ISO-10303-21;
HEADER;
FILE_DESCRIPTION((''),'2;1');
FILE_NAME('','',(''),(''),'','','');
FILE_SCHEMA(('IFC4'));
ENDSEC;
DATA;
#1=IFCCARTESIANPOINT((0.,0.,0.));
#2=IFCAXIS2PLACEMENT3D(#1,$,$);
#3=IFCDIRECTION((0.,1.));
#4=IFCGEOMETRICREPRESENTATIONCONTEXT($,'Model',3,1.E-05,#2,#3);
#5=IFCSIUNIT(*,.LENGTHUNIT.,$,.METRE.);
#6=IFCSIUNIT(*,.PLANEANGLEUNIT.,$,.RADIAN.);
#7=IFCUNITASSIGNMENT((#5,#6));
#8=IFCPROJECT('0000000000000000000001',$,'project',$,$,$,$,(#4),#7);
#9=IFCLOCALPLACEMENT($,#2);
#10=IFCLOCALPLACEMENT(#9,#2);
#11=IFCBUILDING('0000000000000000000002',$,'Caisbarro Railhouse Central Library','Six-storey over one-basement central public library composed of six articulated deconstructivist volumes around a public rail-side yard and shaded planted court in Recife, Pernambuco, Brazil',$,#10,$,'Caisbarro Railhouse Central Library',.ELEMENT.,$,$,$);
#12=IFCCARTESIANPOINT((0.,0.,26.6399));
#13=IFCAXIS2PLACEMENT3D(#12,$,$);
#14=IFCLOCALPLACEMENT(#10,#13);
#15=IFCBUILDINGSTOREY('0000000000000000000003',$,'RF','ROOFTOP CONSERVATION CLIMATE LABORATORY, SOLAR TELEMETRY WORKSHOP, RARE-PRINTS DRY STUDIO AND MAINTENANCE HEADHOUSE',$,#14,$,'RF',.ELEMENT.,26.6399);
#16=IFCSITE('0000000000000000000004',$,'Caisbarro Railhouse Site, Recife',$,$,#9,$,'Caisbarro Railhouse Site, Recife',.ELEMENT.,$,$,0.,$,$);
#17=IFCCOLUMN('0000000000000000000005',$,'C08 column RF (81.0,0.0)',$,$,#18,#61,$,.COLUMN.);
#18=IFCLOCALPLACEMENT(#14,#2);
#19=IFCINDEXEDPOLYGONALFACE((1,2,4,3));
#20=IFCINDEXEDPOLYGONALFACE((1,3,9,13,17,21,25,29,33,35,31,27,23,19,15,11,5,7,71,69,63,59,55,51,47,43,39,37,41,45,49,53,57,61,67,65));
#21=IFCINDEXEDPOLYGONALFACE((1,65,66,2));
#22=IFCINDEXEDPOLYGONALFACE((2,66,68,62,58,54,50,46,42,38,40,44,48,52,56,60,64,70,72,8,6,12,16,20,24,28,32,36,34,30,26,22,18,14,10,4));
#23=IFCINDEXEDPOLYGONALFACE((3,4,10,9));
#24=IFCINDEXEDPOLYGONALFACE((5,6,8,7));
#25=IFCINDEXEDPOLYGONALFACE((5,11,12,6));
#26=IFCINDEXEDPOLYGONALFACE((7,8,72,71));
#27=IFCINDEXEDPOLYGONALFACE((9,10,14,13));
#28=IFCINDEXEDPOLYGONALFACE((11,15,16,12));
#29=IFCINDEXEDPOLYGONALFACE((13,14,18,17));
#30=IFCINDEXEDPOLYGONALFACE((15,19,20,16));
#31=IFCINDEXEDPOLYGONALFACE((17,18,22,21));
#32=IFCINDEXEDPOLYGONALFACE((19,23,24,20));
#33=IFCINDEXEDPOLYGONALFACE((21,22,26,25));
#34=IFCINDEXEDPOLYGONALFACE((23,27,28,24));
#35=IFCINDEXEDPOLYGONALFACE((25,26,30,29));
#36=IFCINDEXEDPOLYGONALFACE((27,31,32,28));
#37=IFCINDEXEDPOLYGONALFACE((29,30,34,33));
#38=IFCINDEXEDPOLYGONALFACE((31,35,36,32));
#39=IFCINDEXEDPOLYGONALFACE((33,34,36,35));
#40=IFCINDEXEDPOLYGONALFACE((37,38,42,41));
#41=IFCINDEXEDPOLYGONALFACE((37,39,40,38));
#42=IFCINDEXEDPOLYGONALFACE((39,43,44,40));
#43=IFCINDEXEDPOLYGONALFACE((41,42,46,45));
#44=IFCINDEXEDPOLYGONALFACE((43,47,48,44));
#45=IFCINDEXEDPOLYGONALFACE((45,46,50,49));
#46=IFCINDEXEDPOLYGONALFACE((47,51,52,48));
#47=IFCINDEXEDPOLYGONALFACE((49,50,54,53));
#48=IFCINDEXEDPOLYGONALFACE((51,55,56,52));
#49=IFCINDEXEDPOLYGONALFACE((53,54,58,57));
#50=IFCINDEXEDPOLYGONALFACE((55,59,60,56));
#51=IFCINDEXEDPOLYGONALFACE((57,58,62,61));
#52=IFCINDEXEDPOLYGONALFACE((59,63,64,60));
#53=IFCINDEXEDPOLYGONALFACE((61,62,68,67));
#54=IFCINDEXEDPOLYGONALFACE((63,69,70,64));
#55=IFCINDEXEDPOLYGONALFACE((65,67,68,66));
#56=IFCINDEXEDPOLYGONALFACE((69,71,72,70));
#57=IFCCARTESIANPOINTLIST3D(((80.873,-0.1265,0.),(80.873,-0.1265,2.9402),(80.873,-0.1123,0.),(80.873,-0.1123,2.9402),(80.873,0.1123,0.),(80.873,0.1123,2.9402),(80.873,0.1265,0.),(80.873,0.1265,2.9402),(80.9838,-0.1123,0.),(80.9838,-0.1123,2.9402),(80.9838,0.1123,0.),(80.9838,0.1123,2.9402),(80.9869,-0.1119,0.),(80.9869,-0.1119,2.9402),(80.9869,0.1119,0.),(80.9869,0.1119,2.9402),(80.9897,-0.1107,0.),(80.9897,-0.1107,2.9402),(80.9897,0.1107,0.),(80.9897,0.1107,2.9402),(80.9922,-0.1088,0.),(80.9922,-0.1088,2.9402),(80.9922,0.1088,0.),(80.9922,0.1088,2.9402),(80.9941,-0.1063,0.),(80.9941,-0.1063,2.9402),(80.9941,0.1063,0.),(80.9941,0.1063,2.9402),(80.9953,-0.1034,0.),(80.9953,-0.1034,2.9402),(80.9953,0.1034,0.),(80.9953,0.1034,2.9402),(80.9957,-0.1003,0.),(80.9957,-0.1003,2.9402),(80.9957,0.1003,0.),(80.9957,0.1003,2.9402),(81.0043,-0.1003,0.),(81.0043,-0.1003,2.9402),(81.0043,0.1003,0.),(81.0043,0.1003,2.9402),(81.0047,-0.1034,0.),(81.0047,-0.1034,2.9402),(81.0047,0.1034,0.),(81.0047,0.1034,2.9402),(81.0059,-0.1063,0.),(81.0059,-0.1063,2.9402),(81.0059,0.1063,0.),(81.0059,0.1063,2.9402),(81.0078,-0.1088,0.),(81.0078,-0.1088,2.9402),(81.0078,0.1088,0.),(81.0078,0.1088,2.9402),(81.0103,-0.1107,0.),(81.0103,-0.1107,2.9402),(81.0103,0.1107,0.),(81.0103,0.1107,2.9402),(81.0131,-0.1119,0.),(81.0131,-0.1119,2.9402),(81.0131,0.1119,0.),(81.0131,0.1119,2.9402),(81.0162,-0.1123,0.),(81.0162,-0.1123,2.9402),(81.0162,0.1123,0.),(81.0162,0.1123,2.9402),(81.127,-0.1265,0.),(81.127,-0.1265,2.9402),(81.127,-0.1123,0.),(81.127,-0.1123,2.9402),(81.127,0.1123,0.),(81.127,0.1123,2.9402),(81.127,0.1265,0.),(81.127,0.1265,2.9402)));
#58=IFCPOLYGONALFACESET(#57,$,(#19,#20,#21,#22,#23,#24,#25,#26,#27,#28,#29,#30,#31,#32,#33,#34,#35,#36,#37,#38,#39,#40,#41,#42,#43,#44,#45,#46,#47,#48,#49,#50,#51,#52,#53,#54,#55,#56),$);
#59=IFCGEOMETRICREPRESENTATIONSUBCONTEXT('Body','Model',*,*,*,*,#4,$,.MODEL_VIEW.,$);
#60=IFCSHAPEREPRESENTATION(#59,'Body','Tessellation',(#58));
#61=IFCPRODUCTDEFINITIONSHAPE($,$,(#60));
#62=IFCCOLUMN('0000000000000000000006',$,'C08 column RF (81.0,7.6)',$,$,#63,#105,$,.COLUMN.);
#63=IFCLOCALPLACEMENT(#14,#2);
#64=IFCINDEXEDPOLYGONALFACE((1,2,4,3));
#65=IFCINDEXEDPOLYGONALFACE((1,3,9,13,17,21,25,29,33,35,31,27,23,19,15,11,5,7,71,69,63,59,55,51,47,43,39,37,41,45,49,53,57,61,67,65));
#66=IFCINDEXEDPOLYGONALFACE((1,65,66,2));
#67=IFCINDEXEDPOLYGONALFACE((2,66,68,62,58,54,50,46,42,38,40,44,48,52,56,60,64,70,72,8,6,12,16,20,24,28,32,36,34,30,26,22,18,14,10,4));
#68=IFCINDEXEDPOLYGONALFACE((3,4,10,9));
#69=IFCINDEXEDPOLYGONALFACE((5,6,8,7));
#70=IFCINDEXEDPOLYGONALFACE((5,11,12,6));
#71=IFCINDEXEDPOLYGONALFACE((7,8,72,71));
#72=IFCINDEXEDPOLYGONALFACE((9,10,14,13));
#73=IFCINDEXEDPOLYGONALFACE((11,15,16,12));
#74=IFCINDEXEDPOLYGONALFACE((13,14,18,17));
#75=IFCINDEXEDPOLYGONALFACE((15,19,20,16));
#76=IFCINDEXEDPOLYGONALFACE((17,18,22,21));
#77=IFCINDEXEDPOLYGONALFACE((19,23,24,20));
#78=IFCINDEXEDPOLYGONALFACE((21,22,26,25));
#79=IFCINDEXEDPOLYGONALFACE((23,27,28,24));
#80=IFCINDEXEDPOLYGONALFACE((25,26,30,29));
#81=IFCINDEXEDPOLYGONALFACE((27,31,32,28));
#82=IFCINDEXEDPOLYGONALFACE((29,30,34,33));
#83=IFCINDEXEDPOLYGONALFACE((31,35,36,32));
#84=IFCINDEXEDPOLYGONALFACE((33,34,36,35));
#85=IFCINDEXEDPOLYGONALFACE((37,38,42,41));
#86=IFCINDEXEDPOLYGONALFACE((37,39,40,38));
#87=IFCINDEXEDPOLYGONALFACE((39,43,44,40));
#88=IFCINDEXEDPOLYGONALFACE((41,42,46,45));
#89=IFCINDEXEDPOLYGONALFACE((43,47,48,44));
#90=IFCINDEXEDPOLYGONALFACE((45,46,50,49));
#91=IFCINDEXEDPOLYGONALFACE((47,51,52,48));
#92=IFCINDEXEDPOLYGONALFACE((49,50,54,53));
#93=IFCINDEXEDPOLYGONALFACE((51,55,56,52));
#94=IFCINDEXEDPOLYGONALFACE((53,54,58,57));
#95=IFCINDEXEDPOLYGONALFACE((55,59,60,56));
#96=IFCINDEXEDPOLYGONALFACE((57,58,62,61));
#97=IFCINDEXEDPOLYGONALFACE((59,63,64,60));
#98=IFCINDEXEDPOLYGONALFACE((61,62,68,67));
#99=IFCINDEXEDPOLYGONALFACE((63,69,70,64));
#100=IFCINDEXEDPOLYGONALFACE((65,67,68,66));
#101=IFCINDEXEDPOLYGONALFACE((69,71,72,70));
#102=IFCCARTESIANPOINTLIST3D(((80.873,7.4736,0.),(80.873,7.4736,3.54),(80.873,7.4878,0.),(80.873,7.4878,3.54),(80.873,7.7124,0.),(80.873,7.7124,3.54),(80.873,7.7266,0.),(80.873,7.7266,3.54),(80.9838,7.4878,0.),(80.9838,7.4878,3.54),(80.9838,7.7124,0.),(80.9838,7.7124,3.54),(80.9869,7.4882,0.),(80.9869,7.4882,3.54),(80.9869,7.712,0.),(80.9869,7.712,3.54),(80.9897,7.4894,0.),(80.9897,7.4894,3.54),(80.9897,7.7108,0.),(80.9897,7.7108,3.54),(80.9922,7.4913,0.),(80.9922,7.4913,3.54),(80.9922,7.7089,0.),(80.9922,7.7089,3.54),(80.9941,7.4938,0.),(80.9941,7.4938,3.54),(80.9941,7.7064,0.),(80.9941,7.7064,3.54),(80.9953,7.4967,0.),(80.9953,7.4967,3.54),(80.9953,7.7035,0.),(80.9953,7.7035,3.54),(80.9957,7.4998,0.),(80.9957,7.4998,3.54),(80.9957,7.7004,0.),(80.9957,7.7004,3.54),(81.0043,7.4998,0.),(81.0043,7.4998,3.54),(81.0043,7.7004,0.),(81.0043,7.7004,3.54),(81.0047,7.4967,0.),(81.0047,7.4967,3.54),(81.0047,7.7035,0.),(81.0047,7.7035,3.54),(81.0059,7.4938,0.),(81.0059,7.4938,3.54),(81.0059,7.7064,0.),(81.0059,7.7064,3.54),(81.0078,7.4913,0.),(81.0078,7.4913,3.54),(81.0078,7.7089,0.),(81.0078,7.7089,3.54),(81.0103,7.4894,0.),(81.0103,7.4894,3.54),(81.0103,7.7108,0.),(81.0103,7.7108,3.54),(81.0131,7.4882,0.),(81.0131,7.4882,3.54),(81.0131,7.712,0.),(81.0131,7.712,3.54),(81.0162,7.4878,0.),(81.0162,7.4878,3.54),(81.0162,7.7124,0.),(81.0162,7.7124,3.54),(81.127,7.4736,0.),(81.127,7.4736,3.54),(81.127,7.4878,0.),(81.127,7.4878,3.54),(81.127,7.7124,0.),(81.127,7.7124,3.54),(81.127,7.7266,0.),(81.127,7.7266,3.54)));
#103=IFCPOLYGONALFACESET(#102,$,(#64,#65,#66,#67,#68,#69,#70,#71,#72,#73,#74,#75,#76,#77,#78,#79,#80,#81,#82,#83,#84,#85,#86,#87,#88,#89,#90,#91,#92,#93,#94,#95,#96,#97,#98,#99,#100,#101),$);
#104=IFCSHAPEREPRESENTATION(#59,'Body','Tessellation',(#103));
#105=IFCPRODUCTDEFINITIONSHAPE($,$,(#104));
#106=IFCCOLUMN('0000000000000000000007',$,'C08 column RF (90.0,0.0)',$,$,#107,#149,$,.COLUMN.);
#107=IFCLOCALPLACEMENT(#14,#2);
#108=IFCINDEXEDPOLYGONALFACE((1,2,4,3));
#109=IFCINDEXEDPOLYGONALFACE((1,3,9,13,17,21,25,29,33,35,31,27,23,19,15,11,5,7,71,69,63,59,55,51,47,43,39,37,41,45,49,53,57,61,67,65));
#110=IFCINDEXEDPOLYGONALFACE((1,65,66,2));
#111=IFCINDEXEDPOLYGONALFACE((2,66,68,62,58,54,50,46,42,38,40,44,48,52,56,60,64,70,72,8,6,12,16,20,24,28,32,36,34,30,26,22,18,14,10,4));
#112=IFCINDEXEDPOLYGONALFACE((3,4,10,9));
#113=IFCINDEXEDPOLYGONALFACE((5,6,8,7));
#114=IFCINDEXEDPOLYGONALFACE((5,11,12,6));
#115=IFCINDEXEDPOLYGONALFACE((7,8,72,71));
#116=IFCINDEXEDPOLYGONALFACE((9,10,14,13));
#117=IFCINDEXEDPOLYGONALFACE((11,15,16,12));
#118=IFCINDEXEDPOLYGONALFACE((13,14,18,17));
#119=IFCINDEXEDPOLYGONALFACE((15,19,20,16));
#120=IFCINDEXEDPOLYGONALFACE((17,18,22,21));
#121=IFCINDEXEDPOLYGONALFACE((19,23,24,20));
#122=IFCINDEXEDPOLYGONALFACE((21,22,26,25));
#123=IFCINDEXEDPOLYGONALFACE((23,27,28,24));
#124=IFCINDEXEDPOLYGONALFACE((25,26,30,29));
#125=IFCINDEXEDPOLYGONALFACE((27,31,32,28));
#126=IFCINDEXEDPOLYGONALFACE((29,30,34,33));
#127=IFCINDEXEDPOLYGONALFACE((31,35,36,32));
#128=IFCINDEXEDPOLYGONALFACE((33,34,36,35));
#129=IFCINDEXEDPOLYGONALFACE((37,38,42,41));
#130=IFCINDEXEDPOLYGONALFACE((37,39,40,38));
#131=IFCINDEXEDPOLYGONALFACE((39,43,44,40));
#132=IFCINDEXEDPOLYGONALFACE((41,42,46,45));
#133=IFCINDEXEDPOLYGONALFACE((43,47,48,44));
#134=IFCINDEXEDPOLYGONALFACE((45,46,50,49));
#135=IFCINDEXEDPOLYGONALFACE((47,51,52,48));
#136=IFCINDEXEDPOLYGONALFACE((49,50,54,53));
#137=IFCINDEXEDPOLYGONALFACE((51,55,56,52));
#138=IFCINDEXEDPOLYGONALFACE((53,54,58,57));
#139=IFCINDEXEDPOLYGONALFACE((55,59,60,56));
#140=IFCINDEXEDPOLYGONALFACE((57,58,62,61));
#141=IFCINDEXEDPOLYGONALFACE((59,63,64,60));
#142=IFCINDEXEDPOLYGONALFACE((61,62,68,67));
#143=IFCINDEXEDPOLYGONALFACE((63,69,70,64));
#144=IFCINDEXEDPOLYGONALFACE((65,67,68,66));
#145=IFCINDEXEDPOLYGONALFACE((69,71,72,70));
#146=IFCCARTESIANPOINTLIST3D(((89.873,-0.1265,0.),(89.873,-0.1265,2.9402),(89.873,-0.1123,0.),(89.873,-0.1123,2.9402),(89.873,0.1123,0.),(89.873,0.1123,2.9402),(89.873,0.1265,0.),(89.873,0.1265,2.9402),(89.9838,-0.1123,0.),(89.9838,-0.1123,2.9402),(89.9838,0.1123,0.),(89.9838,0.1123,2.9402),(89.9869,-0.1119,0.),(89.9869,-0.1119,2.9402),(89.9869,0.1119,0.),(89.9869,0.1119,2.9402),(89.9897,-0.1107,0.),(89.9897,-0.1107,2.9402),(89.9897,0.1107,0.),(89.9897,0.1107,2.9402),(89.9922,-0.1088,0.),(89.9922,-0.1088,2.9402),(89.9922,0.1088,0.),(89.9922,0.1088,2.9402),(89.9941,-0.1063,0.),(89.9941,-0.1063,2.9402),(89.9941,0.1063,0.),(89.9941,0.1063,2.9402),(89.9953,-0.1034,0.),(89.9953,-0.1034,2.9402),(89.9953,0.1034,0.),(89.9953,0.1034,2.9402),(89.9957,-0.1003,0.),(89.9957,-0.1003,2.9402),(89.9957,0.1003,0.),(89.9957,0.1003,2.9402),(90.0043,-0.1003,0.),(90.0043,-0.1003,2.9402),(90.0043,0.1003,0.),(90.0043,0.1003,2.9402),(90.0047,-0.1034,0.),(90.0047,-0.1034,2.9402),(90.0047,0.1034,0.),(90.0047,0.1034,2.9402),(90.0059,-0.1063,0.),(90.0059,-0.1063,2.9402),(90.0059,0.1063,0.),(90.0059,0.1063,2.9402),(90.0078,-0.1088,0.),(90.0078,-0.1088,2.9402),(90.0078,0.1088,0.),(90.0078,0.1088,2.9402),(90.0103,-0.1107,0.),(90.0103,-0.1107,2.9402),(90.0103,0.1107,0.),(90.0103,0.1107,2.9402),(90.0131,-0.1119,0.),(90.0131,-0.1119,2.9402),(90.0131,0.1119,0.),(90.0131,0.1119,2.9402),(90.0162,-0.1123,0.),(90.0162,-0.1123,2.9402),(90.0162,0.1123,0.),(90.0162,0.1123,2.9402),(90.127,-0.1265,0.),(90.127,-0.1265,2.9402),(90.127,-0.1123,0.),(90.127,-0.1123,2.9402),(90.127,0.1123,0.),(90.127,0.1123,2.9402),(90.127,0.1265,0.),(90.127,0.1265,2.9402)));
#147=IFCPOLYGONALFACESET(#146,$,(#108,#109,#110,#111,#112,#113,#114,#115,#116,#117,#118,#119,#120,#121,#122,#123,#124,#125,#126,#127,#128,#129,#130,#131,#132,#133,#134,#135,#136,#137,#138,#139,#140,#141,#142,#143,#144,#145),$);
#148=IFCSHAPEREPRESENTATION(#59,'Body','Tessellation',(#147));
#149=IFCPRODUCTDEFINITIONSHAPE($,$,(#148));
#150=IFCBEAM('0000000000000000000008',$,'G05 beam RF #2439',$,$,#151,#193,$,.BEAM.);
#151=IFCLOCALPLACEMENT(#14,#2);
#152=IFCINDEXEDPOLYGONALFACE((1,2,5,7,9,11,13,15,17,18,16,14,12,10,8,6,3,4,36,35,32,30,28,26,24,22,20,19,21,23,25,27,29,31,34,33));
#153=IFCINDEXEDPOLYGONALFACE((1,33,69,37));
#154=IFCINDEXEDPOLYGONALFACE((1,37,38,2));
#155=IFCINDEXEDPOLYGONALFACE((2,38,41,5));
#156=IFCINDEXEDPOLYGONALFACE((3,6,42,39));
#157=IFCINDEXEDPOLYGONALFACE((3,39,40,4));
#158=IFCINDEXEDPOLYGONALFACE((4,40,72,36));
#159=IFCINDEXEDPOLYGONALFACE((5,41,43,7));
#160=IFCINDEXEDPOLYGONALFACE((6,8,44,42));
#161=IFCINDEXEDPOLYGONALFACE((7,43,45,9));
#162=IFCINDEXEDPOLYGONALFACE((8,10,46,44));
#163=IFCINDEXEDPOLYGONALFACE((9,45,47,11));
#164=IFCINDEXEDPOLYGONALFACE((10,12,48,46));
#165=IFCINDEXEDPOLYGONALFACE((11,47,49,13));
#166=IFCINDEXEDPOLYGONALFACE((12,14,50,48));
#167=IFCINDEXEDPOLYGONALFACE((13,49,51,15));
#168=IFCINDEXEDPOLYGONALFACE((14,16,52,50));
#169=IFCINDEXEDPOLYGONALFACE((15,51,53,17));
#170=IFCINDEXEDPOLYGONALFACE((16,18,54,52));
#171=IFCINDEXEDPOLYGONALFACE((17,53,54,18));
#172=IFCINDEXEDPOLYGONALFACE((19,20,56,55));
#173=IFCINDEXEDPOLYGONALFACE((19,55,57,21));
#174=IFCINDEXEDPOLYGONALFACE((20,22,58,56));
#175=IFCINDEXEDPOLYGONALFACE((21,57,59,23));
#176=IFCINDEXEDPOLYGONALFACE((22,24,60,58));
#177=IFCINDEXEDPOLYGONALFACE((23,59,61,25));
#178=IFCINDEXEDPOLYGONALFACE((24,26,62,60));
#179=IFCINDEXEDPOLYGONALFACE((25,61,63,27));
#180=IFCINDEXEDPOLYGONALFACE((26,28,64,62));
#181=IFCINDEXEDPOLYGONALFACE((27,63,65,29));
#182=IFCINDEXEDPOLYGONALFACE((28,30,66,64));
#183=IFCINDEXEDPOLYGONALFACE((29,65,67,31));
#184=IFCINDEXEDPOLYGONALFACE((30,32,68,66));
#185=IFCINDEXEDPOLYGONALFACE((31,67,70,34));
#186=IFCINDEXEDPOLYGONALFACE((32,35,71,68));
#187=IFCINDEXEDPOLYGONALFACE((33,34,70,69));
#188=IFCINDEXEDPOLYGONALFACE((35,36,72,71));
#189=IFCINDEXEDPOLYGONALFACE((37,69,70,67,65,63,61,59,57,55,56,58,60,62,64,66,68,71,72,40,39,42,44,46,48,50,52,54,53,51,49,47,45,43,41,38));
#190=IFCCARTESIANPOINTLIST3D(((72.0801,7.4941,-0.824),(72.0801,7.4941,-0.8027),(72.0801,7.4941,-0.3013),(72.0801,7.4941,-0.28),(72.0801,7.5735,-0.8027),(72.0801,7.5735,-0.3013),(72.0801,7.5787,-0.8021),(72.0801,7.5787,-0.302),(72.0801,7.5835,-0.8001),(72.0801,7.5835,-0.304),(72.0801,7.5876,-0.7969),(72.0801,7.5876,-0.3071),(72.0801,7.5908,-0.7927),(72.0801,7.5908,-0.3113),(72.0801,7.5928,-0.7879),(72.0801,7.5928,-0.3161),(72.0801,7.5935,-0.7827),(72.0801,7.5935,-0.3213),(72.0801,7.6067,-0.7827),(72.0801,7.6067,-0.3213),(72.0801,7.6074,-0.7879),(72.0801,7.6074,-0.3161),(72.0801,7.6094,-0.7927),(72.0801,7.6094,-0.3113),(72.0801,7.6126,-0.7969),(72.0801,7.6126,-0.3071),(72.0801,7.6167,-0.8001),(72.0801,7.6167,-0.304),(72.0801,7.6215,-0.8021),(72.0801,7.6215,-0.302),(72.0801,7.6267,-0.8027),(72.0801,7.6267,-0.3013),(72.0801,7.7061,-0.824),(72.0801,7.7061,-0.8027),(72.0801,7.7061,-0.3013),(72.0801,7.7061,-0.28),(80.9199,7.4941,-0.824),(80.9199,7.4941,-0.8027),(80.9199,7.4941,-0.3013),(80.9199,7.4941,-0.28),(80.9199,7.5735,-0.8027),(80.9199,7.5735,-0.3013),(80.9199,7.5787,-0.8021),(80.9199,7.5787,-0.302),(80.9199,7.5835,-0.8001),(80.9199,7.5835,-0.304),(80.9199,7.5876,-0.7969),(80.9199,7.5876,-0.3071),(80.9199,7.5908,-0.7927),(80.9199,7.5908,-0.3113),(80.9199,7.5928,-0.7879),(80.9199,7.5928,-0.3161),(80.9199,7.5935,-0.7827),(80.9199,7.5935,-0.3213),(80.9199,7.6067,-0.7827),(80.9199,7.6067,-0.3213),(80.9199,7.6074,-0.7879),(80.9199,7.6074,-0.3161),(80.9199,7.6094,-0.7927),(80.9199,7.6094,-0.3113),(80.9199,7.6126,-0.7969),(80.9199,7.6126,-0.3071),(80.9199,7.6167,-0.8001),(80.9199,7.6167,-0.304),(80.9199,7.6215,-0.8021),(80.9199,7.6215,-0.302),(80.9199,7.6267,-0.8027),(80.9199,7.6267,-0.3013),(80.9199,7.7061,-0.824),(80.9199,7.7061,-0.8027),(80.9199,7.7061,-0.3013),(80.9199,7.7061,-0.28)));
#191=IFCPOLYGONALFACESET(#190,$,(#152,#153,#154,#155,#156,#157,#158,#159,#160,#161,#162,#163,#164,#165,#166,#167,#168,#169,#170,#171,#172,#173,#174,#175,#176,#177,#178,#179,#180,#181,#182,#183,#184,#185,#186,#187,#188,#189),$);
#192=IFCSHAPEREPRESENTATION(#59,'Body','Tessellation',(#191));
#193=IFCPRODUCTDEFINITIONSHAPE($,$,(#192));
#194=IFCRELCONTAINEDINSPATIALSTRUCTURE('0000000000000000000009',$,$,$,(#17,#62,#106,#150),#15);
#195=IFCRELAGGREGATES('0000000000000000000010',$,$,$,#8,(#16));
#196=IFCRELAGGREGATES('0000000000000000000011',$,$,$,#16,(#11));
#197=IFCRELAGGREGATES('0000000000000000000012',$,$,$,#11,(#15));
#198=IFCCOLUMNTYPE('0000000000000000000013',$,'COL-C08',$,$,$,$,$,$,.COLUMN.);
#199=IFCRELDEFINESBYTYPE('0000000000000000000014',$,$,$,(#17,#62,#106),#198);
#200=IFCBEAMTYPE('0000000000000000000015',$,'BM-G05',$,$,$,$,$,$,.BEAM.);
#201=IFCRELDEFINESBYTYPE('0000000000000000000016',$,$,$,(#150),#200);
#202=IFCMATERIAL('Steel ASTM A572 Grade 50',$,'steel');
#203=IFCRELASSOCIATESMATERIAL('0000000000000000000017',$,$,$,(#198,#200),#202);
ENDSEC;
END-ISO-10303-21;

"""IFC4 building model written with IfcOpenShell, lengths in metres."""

from ifc_helpers import new_model, si_unit, direction, frame, origin, origin_2d, place, context, subcontext, project, spatial, i_section, extrude, material, material_profile, profile_set, type_object, element, save


model = new_model("IFC4")

# Units and contexts
model_context = context("Model", 3, precision=1e-05, world=origin(), true_north=direction((0.0, 1.0)))
body_context = subcontext(model_context, "Body", "Model", "MODEL_VIEW")
ifc_project = project(units=[si_unit("LENGTHUNIT", "METRE"), si_unit("PLANEANGLEUNIT", "RADIAN")], contexts=[model_context])

# Site, building, storey
site_placement = place(None, origin())
site = spatial("IfcSite", under=ifc_project, at=site_placement, Name="Caisbarro Railhouse Site, Recife", LongName="Caisbarro Railhouse Site, Recife", CompositionType="ELEMENT", RefElevation=0.0)
building_placement = place(site_placement, origin())
building = spatial("IfcBuilding", under=site, at=building_placement, Name="Caisbarro Railhouse Central Library", Description="Six-storey over one-basement central public library composed of six articulated deconstructivist volumes around a public rail-side yard and shaded planted court in Recife, Pernambuco, Brazil", LongName="Caisbarro Railhouse Central Library", CompositionType="ELEMENT")
storey_placement = place(building_placement, frame((0.0, 0.0, 26.6399)))
storey = spatial("IfcBuildingStorey", under=building, at=storey_placement, Name="RF", Description="ROOFTOP CONSERVATION CLIMATE LABORATORY, SOLAR TELEMETRY WORKSHOP, RARE-PRINTS DRY STUDIO AND MAINTENANCE HEADHOUSE", LongName="RF", CompositionType="ELEMENT", Elevation=26.6399)

# Columns
ifc_material_1 = material(Name="Steel ASTM A572 Grade 50", Category="steel")
ifc_material_profile_1 = material_profile(ifc_material_1, i_section(OverallWidth=0.2539, OverallDepth=0.2529, WebThickness=0.0085, FlangeThickness=0.0142, FilletRadius=0.012, at=origin_2d()), Name="W250X73.0")
ifc_profile_set_1 = profile_set([ifc_material_profile_1], Name="Steel ASTM A572 Grade 50")
column_type = type_object("IfcColumnType", Name="COL-C08", PredefinedType="COLUMN", material=ifc_profile_set_1)
column_1_placement = place(storey_placement, frame((81.0, 0.0, 0.0), z_axis=(0.0, 0.0, 1.0), x_axis=(1.0, 0.0, 0.0)))
element("IfcColumn", 1, at=column_1_placement, inside=storey, type_object=column_type, Name="C08 column RF (81.0,0.0)", PredefinedType="COLUMN", context=body_context, shape_type="SweptSolid", body=[
    extrude(i_section(OverallWidth=0.2539, OverallDepth=0.2529, WebThickness=0.0085, FlangeThickness=0.0142, FilletRadius=0.012, at=origin_2d()), origin(), (0.0, 0.0, 1.0), 2.9402),
])
column_2_placement = place(storey_placement, frame((81.0, 7.6001, 0.0), z_axis=(0.0, 0.0, 1.0), x_axis=(1.0, 0.0, 0.0)))
element("IfcColumn", 2, at=column_2_placement, inside=storey, type_object=column_type, Name="C08 column RF (81.0,7.6)", PredefinedType="COLUMN", context=body_context, shape_type="SweptSolid", body=[
    extrude(i_section(OverallWidth=0.2539, OverallDepth=0.2529, WebThickness=0.0085, FlangeThickness=0.0142, FilletRadius=0.012, at=origin_2d()), origin(), (0.0, 0.0, 1.0), 3.54),
])
column_3_placement = place(storey_placement, frame((90.0, 0.0, 0.0), z_axis=(0.0, 0.0, 1.0), x_axis=(1.0, 0.0, 0.0)))
element("IfcColumn", 3, at=column_3_placement, inside=storey, type_object=column_type, Name="C08 column RF (90.0,0.0)", PredefinedType="COLUMN", context=body_context, shape_type="SweptSolid", body=[
    extrude(i_section(OverallWidth=0.2539, OverallDepth=0.2529, WebThickness=0.0085, FlangeThickness=0.0142, FilletRadius=0.012, at=origin_2d()), origin(), (0.0, 0.0, 1.0), 2.9402),
])

# Beam
ifc_material_profile_2 = material_profile(ifc_material_1, i_section(OverallWidth=0.2119, OverallDepth=0.5439, WebThickness=0.0132, FlangeThickness=0.0212, FilletRadius=0.02, at=origin_2d()), Name="W530X123.0")
ifc_profile_set_2 = profile_set([ifc_material_profile_2], Name="Steel ASTM A572 Grade 50")
beam_type_1 = type_object("IfcBeamType", Name="BM-G05", PredefinedType="BEAM", material=ifc_profile_set_2)
for number, where, z_axis, x_axis, name in (
    (4, (72.0801, 7.6001, -0.552), (1.0, 0.0, 0.0), (0.0, 1.0, 0.0), "G05 beam RF #2439"),
):
    element("IfcBeam", number, at=place(storey_placement, frame(where, z_axis=z_axis, x_axis=x_axis)), inside=storey, type_object=beam_type_1, Name=name, PredefinedType="BEAM", context=body_context, shape_type="SweptSolid", body=[
        extrude(i_section(OverallWidth=0.2119, OverallDepth=0.5439, WebThickness=0.0132, FlangeThickness=0.0212, FilletRadius=0.02, at=origin_2d()), origin(), (0.0, 0.0, 1.0), 8.8398),
    ])

save(model, "model.ifc")
